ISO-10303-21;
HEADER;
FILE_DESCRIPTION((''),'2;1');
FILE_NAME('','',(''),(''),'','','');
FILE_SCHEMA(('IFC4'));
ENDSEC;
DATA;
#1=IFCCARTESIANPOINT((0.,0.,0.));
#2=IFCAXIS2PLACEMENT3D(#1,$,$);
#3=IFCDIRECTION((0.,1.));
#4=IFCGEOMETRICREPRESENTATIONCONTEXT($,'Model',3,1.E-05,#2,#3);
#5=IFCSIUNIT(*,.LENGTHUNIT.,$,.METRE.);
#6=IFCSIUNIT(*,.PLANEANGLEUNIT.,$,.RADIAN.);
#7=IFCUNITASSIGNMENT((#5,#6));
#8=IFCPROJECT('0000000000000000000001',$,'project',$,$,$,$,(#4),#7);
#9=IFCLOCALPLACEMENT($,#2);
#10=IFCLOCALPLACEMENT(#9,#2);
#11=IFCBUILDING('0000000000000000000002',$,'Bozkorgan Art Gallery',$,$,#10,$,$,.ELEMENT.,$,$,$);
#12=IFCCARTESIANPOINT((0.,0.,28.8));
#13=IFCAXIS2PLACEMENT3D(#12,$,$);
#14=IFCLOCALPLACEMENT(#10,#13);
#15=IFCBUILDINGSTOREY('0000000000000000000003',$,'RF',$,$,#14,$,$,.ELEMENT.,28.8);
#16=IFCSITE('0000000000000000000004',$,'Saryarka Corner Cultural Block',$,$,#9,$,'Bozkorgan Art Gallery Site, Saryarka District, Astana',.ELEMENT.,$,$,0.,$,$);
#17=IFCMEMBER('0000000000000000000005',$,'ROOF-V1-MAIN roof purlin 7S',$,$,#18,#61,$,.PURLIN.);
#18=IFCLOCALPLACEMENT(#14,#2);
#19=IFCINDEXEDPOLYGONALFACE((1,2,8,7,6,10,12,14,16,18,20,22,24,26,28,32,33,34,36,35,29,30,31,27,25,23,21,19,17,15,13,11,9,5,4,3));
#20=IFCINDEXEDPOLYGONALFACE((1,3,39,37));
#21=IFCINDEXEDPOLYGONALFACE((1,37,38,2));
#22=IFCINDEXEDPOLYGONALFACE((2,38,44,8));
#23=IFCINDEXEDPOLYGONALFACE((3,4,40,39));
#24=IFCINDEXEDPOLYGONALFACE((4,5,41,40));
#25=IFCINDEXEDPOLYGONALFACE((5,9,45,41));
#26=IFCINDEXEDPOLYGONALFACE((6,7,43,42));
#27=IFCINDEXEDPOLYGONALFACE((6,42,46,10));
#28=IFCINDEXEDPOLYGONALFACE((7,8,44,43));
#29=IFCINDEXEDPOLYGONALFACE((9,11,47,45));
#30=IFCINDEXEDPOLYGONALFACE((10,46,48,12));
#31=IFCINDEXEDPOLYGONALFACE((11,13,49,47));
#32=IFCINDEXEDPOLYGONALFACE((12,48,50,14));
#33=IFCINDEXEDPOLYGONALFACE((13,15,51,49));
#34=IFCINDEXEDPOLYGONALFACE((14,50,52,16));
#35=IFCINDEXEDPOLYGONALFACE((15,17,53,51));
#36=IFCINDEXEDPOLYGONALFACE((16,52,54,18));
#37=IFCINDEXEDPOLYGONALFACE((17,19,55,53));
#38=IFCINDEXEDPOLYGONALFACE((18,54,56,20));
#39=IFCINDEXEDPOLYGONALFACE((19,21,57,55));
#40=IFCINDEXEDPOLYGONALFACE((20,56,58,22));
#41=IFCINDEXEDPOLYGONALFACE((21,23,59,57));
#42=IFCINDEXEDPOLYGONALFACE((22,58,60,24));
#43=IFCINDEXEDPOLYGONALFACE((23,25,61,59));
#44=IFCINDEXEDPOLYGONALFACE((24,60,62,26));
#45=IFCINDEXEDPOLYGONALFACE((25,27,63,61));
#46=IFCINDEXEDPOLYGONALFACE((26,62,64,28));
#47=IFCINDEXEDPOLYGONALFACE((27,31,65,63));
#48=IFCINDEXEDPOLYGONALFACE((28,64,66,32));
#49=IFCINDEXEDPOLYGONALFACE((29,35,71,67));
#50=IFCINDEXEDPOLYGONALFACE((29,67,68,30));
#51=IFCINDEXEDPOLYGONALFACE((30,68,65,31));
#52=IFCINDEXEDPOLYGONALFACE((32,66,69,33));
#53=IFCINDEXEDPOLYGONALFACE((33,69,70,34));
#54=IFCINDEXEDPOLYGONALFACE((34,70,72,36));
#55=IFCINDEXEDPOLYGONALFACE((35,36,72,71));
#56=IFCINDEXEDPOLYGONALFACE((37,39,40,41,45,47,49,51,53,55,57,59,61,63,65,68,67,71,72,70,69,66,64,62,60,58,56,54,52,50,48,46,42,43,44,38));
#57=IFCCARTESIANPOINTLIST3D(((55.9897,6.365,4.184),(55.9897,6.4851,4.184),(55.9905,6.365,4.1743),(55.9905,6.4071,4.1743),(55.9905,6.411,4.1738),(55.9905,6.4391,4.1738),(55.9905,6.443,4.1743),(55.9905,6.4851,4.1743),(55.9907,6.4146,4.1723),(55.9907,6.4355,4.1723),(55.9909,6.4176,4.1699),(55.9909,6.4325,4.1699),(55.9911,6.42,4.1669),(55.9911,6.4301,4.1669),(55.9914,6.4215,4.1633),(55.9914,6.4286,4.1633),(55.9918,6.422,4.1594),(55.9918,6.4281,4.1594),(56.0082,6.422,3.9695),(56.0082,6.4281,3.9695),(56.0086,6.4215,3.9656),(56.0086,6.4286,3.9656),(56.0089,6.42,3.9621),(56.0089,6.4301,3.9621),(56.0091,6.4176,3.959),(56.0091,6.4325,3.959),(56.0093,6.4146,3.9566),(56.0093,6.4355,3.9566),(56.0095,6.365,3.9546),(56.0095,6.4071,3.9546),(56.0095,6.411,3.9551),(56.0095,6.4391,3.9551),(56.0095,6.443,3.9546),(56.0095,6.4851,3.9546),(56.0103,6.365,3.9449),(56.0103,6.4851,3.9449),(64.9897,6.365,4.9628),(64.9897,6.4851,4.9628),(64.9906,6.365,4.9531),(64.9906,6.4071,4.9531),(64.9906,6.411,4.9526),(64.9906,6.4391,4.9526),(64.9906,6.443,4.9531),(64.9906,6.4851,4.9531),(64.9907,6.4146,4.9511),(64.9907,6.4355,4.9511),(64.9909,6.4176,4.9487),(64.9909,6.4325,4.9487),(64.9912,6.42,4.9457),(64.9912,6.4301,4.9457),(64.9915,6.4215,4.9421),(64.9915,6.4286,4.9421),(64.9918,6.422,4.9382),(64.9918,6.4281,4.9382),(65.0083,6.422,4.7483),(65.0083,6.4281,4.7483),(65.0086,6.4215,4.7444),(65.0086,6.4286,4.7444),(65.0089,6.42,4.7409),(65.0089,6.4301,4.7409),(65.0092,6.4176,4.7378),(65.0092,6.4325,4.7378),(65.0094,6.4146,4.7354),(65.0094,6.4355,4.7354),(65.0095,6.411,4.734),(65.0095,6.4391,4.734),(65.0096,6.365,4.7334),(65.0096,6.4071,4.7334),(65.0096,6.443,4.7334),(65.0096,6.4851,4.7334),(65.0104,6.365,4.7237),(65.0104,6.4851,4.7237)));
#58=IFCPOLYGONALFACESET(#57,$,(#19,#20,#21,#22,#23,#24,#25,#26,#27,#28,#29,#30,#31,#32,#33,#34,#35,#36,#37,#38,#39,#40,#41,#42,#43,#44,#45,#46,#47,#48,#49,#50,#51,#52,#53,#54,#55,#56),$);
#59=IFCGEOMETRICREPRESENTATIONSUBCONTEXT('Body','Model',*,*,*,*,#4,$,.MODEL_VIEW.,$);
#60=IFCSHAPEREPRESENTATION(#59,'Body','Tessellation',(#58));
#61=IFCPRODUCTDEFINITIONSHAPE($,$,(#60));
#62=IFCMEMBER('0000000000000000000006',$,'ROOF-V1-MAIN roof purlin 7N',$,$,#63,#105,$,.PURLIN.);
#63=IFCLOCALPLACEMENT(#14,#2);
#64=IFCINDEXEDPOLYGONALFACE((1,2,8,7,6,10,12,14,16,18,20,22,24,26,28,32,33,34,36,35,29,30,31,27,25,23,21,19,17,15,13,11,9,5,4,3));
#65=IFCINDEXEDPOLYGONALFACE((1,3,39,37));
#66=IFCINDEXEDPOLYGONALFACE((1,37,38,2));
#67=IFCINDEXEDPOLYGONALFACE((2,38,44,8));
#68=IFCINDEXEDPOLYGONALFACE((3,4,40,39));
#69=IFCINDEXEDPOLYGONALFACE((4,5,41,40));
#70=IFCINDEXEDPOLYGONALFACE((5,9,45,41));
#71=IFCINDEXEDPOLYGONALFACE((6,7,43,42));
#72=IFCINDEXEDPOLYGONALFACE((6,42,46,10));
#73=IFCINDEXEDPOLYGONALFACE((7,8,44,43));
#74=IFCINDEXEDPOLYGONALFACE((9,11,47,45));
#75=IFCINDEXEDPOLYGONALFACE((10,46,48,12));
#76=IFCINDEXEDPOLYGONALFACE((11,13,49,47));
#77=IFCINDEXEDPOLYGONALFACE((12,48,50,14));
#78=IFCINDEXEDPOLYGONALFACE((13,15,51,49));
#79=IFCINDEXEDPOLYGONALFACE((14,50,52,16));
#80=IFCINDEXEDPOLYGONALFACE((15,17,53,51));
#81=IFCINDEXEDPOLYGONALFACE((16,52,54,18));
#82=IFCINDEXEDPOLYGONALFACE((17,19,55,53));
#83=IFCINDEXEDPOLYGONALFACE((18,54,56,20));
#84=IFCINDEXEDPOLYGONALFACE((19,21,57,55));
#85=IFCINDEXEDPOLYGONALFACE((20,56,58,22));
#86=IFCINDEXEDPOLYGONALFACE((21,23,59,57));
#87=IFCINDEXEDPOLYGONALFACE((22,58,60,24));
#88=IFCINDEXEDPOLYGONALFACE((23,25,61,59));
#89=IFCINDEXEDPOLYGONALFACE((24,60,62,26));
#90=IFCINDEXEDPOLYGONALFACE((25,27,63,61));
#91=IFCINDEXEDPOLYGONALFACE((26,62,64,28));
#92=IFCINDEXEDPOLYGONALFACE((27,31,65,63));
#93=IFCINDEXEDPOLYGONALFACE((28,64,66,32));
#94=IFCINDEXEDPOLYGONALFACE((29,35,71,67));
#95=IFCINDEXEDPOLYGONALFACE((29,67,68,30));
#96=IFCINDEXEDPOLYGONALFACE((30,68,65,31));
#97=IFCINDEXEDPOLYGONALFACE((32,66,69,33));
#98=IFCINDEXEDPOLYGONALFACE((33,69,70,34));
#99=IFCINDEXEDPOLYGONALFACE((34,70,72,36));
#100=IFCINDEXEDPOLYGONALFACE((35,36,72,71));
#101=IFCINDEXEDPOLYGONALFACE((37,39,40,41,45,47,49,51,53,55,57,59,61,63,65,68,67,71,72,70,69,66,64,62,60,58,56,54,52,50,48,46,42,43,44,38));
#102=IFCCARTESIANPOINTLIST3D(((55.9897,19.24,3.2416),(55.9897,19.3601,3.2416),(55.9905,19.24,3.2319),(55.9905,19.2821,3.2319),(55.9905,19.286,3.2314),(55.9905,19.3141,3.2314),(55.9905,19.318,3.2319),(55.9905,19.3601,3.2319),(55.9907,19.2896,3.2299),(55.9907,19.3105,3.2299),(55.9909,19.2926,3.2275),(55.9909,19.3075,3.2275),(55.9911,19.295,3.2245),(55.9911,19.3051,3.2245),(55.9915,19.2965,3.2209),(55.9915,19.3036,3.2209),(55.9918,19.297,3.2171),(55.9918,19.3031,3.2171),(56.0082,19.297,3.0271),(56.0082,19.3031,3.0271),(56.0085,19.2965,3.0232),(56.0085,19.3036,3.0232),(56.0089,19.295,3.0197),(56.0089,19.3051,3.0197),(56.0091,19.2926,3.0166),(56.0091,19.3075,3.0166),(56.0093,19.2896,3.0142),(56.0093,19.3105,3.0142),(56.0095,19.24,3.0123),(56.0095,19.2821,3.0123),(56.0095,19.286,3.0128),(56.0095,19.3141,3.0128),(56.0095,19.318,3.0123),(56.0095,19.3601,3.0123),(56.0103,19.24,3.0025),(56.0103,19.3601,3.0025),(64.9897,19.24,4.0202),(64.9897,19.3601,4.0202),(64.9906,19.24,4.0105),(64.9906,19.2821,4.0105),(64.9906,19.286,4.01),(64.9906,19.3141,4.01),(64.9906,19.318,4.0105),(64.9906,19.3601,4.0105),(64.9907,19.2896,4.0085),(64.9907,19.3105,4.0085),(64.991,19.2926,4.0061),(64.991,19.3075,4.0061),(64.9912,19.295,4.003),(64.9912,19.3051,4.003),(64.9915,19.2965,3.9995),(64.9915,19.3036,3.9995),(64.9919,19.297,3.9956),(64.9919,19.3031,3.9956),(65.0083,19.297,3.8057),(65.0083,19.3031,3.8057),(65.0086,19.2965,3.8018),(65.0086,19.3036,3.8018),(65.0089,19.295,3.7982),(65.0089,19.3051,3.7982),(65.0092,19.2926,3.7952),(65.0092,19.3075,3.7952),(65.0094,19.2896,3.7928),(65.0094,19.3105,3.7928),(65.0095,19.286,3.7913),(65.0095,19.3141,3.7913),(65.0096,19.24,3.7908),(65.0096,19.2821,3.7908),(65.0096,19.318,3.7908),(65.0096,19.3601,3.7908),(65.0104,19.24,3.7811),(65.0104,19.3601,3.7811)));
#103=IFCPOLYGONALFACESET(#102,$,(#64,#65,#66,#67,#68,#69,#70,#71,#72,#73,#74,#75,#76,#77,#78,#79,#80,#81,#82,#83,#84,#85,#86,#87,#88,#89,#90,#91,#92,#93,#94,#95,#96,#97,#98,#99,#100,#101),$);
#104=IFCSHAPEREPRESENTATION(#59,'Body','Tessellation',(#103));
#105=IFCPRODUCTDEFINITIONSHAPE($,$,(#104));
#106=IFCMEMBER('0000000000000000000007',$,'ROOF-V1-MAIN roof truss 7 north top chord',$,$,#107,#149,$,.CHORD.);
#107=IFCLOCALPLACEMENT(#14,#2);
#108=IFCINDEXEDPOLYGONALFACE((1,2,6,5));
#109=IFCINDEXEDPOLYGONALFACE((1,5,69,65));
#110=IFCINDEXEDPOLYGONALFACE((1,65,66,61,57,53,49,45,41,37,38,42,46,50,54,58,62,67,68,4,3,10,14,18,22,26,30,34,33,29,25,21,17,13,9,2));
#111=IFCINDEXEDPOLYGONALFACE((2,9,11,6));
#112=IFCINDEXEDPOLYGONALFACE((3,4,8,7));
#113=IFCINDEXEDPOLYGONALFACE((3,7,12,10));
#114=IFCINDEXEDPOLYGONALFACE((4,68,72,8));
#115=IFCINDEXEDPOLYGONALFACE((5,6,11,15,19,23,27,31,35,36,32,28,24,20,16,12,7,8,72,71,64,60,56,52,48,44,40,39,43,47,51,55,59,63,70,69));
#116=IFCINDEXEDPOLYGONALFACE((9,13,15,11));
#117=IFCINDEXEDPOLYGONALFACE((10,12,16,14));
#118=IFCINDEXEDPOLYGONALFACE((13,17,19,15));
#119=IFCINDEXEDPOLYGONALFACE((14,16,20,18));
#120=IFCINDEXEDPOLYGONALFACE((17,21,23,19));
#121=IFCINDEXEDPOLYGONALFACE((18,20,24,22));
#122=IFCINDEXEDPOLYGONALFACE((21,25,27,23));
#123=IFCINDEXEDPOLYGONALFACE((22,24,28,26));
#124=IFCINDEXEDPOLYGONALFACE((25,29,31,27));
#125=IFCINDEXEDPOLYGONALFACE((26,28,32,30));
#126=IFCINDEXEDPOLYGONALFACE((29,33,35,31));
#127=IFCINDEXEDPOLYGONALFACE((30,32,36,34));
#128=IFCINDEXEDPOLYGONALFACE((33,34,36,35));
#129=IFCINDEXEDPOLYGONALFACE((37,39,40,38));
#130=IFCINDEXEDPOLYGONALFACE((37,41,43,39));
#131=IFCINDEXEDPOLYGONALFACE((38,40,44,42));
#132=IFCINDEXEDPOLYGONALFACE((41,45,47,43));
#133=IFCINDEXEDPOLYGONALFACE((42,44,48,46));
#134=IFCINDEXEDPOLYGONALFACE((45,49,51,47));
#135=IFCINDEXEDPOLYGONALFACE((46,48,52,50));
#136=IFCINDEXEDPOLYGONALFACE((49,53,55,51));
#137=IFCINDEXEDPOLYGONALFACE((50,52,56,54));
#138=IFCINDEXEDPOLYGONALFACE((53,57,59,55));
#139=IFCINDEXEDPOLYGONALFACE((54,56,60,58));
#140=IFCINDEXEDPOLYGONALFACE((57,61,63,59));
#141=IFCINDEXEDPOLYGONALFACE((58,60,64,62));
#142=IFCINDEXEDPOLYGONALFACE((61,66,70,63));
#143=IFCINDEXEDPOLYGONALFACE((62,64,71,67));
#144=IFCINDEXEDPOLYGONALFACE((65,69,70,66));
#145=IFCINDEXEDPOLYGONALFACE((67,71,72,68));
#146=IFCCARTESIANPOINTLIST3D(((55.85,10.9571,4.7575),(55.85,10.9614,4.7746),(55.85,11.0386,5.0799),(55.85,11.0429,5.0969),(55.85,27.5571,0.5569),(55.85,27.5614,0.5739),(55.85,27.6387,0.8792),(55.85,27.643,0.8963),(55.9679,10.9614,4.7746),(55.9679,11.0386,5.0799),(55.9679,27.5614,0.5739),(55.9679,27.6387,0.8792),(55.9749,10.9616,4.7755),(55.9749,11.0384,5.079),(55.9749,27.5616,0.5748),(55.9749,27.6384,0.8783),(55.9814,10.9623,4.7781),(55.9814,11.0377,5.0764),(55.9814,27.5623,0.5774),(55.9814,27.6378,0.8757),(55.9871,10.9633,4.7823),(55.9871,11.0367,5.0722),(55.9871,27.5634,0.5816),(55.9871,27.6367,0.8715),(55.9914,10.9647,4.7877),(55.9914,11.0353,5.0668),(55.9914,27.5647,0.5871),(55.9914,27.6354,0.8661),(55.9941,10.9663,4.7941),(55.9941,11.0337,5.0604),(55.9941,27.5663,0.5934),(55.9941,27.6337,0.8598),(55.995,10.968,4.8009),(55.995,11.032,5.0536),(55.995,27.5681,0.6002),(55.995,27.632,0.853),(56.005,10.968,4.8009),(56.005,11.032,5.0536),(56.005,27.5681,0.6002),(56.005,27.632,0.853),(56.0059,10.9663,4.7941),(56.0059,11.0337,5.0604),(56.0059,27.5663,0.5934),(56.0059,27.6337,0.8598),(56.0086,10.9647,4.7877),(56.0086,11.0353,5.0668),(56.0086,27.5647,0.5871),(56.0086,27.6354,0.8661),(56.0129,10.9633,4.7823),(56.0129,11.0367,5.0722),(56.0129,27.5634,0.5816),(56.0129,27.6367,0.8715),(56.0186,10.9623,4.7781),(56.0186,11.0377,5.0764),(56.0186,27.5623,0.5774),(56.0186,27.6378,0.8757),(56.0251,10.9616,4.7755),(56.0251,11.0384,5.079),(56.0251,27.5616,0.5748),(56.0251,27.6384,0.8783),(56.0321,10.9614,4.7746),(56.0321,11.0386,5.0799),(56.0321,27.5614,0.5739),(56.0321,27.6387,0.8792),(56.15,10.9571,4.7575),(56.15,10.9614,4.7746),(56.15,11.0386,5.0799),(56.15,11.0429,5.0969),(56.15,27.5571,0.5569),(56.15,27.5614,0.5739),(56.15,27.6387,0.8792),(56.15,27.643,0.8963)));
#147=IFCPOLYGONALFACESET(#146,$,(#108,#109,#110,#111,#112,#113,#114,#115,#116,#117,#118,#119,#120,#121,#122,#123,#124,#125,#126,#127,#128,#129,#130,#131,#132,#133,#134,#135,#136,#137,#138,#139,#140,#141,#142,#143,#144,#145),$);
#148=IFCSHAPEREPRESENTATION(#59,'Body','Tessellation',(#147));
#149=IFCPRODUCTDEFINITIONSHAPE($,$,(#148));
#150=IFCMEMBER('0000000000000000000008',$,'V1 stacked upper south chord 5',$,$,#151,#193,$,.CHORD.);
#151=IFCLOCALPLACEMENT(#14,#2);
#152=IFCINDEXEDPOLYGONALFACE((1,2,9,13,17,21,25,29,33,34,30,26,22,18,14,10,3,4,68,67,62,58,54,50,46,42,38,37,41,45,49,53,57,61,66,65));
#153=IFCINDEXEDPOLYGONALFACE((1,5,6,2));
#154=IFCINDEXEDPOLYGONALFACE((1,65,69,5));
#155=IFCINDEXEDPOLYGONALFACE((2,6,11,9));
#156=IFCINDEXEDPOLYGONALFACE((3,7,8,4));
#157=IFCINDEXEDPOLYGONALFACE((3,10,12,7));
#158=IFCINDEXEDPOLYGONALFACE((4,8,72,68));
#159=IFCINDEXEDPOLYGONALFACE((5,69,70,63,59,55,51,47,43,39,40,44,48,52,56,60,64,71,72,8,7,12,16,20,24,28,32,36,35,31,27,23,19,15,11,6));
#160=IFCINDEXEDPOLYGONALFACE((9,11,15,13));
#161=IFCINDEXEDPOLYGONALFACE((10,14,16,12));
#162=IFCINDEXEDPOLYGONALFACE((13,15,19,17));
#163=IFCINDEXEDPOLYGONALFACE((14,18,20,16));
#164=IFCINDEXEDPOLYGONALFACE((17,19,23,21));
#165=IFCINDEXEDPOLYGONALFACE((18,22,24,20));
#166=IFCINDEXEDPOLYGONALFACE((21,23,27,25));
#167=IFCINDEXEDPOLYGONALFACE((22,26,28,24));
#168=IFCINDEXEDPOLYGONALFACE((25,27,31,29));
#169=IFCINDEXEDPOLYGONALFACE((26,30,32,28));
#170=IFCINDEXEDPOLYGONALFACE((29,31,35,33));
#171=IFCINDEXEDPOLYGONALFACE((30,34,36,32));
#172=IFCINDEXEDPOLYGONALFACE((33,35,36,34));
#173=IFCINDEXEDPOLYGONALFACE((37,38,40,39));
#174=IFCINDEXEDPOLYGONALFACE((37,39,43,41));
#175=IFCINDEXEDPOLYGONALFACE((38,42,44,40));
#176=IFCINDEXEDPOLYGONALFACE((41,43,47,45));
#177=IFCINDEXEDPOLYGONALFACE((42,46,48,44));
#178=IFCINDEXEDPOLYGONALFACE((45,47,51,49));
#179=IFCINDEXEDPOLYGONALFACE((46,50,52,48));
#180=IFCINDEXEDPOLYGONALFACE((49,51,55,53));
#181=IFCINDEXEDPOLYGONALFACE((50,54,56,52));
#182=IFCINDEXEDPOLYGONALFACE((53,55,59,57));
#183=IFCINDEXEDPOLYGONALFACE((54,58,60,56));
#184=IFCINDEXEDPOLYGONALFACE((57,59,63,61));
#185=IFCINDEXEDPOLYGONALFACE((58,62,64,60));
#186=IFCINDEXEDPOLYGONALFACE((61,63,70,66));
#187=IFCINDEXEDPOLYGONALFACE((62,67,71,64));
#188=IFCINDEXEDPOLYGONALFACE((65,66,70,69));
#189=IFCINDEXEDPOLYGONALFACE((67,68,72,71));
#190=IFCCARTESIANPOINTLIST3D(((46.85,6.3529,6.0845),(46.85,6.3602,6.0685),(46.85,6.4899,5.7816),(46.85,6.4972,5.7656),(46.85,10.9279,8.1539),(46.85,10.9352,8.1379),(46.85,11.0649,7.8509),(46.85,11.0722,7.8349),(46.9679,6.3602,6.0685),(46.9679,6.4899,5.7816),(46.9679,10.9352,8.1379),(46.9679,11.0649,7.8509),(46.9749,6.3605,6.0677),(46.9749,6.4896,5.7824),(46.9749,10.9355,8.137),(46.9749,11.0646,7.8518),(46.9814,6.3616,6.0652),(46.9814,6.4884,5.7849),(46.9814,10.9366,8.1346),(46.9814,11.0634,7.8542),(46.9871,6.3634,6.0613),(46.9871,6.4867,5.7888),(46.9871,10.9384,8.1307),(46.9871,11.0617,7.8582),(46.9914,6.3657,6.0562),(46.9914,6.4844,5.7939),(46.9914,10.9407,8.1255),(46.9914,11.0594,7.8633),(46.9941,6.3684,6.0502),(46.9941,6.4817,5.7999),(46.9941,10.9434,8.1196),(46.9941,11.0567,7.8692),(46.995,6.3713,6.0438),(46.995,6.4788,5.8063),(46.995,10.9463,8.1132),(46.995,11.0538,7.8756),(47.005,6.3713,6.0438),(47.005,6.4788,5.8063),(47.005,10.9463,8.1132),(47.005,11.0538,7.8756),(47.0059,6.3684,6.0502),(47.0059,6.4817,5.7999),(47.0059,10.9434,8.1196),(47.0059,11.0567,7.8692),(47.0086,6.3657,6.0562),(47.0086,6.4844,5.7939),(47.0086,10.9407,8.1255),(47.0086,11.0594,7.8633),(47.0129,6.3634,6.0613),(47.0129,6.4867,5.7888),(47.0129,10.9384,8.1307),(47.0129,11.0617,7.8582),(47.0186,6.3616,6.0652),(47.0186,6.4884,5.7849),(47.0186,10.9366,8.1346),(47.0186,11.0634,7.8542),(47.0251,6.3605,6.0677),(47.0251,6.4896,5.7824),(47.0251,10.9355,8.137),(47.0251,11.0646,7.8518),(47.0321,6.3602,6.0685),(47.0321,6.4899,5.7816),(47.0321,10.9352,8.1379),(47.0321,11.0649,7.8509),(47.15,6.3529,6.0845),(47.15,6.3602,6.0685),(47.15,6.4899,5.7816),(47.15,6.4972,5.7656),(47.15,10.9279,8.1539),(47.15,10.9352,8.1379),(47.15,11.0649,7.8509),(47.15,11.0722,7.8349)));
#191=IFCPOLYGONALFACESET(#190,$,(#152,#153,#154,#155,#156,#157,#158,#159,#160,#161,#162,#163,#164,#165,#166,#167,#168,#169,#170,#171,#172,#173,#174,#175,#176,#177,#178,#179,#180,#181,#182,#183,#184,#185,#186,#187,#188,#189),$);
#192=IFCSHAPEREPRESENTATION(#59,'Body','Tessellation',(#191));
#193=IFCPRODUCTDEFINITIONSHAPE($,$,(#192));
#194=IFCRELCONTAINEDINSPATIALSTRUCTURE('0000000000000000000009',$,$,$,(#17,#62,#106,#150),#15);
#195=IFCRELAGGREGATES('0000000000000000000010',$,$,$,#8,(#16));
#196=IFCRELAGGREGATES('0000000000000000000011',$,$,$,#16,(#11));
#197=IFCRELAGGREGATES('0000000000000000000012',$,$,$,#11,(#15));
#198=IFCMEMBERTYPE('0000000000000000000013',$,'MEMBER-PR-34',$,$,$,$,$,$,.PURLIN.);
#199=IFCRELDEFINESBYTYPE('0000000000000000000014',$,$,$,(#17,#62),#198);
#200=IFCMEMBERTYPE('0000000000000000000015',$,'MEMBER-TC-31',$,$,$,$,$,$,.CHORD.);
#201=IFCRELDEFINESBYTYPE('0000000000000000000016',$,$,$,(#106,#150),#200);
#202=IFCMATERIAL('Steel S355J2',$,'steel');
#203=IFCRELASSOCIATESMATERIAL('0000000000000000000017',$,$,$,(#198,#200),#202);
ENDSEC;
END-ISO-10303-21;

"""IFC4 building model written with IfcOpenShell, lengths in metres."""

from ifc_helpers import new_model, si_unit, direction, frame, origin, origin_2d, place, context, subcontext, project, spatial, i_section, extrude, material, material_profile, profile_set, type_object, element, save


model = new_model("IFC4")

# Units and contexts
model_context = context("Model", 3, precision=1e-05, world=origin(), true_north=direction((0.0, 1.0)))
body_context = subcontext(model_context, "Body", "Model", "MODEL_VIEW")
ifc_project = project(units=[si_unit("LENGTHUNIT", "METRE"), si_unit("PLANEANGLEUNIT", "RADIAN")], contexts=[model_context])

# Site, building, storey
site_placement = place(None, origin())
site = spatial("IfcSite", under=ifc_project, at=site_placement, Name="Saryarka Corner Cultural Block", LongName="Bozkorgan Art Gallery Site, Saryarka District, Astana", CompositionType="ELEMENT", RefElevation=0.0)
building_placement = place(site_placement, origin())
building = spatial("IfcBuilding", under=site, at=building_placement, Name="Bozkorgan Art Gallery", CompositionType="ELEMENT")
storey_placement = place(building_placement, frame((0.0, 0.0, 28.8)))
storey = spatial("IfcBuildingStorey", under=building, at=storey_placement, Name="RF", CompositionType="ELEMENT", Elevation=28.8)

# Shared definitions
ifc_material_1 = material(Name="Steel S355J2", Category="steel")

# Members
ifc_material_profile_1 = material_profile(ifc_material_1, i_section(OverallWidth=0.1201, OverallDepth=0.24, WebThickness=0.0061, FlangeThickness=0.0098, FilletRadius=0.0149, at=origin_2d()), Name="IPE 240")
ifc_profile_set_1 = profile_set([ifc_material_profile_1], Name="Steel S355J2")
member_type_1 = type_object("IfcMemberType", Name="MEMBER-PR-34", PredefinedType="PURLIN", material=ifc_profile_set_1)
for number, where, z_axis, x_axis, name in (
    (1, (56.0, 6.425, 4.0645), (0.996277, 0.0, 0.086212), (0.0, 1.0, 0.0), "ROOF-V1-MAIN roof purlin 7S"),
    (2, (56.0, 19.3, 3.1221), (0.996279, 0.0, 0.086185), (0.0, 1.0, 0.0), "ROOF-V1-MAIN roof purlin 7N"),
):
    element("IfcMember", number, at=place(storey_placement, frame(where, z_axis=z_axis, x_axis=x_axis)), inside=storey, type_object=member_type_1, Name=name, PredefinedType="PURLIN", context=body_context, shape_type="SweptSolid", body=[
        extrude(i_section(OverallWidth=0.1201, OverallDepth=0.24, WebThickness=0.0061, FlangeThickness=0.0098, FilletRadius=0.0149, at=origin_2d()), origin(), (0.0, 0.0, 1.0), 9.0337),
    ])
ifc_material_profile_2 = material_profile(ifc_material_1, i_section(OverallWidth=0.3, OverallDepth=0.3501, WebThickness=0.01, FlangeThickness=0.0176, FilletRadius=0.0271, at=origin_2d()), Name="HEA 360")
ifc_profile_set_2 = profile_set([ifc_material_profile_2], Name="Steel S355J2")
member_type_2 = type_object("IfcMemberType", Name="MEMBER-TC-31", PredefinedType="CHORD", material=ifc_profile_set_2)
member_1_placement = place(storey_placement, frame((56.0, 11.0, 4.9272), z_axis=(0.0, 0.969442, -0.245319), x_axis=(-1.0, 0.0, 0.0)))
element("IfcMember", 3, at=member_1_placement, inside=storey, type_object=member_type_2, Name="ROOF-V1-MAIN roof truss 7 north top chord", PredefinedType="CHORD", context=body_context, shape_type="SweptSolid", body=[
    extrude(i_section(OverallWidth=0.3, OverallDepth=0.3501, WebThickness=0.01, FlangeThickness=0.0176, FilletRadius=0.0271, at=origin_2d()), origin(), (0.0, 0.0, 1.0), 17.1233),
])
member_2_placement = place(storey_placement, frame((47.0, 6.425, 5.925), z_axis=(0.0, 0.911129, 0.412121), x_axis=(-1.0, 0.0, 0.0)))
element("IfcMember", 4, at=member_2_placement, inside=storey, type_object=member_type_2, Name="V1 stacked upper south chord 5", PredefinedType="CHORD", context=body_context, shape_type="SweptSolid", body=[
    extrude(i_section(OverallWidth=0.3, OverallDepth=0.3501, WebThickness=0.01, FlangeThickness=0.0176, FilletRadius=0.0271, at=origin_2d()), origin(), (0.0, 0.0, 1.0), 5.0212),
])

save(model, "model.ifc")
